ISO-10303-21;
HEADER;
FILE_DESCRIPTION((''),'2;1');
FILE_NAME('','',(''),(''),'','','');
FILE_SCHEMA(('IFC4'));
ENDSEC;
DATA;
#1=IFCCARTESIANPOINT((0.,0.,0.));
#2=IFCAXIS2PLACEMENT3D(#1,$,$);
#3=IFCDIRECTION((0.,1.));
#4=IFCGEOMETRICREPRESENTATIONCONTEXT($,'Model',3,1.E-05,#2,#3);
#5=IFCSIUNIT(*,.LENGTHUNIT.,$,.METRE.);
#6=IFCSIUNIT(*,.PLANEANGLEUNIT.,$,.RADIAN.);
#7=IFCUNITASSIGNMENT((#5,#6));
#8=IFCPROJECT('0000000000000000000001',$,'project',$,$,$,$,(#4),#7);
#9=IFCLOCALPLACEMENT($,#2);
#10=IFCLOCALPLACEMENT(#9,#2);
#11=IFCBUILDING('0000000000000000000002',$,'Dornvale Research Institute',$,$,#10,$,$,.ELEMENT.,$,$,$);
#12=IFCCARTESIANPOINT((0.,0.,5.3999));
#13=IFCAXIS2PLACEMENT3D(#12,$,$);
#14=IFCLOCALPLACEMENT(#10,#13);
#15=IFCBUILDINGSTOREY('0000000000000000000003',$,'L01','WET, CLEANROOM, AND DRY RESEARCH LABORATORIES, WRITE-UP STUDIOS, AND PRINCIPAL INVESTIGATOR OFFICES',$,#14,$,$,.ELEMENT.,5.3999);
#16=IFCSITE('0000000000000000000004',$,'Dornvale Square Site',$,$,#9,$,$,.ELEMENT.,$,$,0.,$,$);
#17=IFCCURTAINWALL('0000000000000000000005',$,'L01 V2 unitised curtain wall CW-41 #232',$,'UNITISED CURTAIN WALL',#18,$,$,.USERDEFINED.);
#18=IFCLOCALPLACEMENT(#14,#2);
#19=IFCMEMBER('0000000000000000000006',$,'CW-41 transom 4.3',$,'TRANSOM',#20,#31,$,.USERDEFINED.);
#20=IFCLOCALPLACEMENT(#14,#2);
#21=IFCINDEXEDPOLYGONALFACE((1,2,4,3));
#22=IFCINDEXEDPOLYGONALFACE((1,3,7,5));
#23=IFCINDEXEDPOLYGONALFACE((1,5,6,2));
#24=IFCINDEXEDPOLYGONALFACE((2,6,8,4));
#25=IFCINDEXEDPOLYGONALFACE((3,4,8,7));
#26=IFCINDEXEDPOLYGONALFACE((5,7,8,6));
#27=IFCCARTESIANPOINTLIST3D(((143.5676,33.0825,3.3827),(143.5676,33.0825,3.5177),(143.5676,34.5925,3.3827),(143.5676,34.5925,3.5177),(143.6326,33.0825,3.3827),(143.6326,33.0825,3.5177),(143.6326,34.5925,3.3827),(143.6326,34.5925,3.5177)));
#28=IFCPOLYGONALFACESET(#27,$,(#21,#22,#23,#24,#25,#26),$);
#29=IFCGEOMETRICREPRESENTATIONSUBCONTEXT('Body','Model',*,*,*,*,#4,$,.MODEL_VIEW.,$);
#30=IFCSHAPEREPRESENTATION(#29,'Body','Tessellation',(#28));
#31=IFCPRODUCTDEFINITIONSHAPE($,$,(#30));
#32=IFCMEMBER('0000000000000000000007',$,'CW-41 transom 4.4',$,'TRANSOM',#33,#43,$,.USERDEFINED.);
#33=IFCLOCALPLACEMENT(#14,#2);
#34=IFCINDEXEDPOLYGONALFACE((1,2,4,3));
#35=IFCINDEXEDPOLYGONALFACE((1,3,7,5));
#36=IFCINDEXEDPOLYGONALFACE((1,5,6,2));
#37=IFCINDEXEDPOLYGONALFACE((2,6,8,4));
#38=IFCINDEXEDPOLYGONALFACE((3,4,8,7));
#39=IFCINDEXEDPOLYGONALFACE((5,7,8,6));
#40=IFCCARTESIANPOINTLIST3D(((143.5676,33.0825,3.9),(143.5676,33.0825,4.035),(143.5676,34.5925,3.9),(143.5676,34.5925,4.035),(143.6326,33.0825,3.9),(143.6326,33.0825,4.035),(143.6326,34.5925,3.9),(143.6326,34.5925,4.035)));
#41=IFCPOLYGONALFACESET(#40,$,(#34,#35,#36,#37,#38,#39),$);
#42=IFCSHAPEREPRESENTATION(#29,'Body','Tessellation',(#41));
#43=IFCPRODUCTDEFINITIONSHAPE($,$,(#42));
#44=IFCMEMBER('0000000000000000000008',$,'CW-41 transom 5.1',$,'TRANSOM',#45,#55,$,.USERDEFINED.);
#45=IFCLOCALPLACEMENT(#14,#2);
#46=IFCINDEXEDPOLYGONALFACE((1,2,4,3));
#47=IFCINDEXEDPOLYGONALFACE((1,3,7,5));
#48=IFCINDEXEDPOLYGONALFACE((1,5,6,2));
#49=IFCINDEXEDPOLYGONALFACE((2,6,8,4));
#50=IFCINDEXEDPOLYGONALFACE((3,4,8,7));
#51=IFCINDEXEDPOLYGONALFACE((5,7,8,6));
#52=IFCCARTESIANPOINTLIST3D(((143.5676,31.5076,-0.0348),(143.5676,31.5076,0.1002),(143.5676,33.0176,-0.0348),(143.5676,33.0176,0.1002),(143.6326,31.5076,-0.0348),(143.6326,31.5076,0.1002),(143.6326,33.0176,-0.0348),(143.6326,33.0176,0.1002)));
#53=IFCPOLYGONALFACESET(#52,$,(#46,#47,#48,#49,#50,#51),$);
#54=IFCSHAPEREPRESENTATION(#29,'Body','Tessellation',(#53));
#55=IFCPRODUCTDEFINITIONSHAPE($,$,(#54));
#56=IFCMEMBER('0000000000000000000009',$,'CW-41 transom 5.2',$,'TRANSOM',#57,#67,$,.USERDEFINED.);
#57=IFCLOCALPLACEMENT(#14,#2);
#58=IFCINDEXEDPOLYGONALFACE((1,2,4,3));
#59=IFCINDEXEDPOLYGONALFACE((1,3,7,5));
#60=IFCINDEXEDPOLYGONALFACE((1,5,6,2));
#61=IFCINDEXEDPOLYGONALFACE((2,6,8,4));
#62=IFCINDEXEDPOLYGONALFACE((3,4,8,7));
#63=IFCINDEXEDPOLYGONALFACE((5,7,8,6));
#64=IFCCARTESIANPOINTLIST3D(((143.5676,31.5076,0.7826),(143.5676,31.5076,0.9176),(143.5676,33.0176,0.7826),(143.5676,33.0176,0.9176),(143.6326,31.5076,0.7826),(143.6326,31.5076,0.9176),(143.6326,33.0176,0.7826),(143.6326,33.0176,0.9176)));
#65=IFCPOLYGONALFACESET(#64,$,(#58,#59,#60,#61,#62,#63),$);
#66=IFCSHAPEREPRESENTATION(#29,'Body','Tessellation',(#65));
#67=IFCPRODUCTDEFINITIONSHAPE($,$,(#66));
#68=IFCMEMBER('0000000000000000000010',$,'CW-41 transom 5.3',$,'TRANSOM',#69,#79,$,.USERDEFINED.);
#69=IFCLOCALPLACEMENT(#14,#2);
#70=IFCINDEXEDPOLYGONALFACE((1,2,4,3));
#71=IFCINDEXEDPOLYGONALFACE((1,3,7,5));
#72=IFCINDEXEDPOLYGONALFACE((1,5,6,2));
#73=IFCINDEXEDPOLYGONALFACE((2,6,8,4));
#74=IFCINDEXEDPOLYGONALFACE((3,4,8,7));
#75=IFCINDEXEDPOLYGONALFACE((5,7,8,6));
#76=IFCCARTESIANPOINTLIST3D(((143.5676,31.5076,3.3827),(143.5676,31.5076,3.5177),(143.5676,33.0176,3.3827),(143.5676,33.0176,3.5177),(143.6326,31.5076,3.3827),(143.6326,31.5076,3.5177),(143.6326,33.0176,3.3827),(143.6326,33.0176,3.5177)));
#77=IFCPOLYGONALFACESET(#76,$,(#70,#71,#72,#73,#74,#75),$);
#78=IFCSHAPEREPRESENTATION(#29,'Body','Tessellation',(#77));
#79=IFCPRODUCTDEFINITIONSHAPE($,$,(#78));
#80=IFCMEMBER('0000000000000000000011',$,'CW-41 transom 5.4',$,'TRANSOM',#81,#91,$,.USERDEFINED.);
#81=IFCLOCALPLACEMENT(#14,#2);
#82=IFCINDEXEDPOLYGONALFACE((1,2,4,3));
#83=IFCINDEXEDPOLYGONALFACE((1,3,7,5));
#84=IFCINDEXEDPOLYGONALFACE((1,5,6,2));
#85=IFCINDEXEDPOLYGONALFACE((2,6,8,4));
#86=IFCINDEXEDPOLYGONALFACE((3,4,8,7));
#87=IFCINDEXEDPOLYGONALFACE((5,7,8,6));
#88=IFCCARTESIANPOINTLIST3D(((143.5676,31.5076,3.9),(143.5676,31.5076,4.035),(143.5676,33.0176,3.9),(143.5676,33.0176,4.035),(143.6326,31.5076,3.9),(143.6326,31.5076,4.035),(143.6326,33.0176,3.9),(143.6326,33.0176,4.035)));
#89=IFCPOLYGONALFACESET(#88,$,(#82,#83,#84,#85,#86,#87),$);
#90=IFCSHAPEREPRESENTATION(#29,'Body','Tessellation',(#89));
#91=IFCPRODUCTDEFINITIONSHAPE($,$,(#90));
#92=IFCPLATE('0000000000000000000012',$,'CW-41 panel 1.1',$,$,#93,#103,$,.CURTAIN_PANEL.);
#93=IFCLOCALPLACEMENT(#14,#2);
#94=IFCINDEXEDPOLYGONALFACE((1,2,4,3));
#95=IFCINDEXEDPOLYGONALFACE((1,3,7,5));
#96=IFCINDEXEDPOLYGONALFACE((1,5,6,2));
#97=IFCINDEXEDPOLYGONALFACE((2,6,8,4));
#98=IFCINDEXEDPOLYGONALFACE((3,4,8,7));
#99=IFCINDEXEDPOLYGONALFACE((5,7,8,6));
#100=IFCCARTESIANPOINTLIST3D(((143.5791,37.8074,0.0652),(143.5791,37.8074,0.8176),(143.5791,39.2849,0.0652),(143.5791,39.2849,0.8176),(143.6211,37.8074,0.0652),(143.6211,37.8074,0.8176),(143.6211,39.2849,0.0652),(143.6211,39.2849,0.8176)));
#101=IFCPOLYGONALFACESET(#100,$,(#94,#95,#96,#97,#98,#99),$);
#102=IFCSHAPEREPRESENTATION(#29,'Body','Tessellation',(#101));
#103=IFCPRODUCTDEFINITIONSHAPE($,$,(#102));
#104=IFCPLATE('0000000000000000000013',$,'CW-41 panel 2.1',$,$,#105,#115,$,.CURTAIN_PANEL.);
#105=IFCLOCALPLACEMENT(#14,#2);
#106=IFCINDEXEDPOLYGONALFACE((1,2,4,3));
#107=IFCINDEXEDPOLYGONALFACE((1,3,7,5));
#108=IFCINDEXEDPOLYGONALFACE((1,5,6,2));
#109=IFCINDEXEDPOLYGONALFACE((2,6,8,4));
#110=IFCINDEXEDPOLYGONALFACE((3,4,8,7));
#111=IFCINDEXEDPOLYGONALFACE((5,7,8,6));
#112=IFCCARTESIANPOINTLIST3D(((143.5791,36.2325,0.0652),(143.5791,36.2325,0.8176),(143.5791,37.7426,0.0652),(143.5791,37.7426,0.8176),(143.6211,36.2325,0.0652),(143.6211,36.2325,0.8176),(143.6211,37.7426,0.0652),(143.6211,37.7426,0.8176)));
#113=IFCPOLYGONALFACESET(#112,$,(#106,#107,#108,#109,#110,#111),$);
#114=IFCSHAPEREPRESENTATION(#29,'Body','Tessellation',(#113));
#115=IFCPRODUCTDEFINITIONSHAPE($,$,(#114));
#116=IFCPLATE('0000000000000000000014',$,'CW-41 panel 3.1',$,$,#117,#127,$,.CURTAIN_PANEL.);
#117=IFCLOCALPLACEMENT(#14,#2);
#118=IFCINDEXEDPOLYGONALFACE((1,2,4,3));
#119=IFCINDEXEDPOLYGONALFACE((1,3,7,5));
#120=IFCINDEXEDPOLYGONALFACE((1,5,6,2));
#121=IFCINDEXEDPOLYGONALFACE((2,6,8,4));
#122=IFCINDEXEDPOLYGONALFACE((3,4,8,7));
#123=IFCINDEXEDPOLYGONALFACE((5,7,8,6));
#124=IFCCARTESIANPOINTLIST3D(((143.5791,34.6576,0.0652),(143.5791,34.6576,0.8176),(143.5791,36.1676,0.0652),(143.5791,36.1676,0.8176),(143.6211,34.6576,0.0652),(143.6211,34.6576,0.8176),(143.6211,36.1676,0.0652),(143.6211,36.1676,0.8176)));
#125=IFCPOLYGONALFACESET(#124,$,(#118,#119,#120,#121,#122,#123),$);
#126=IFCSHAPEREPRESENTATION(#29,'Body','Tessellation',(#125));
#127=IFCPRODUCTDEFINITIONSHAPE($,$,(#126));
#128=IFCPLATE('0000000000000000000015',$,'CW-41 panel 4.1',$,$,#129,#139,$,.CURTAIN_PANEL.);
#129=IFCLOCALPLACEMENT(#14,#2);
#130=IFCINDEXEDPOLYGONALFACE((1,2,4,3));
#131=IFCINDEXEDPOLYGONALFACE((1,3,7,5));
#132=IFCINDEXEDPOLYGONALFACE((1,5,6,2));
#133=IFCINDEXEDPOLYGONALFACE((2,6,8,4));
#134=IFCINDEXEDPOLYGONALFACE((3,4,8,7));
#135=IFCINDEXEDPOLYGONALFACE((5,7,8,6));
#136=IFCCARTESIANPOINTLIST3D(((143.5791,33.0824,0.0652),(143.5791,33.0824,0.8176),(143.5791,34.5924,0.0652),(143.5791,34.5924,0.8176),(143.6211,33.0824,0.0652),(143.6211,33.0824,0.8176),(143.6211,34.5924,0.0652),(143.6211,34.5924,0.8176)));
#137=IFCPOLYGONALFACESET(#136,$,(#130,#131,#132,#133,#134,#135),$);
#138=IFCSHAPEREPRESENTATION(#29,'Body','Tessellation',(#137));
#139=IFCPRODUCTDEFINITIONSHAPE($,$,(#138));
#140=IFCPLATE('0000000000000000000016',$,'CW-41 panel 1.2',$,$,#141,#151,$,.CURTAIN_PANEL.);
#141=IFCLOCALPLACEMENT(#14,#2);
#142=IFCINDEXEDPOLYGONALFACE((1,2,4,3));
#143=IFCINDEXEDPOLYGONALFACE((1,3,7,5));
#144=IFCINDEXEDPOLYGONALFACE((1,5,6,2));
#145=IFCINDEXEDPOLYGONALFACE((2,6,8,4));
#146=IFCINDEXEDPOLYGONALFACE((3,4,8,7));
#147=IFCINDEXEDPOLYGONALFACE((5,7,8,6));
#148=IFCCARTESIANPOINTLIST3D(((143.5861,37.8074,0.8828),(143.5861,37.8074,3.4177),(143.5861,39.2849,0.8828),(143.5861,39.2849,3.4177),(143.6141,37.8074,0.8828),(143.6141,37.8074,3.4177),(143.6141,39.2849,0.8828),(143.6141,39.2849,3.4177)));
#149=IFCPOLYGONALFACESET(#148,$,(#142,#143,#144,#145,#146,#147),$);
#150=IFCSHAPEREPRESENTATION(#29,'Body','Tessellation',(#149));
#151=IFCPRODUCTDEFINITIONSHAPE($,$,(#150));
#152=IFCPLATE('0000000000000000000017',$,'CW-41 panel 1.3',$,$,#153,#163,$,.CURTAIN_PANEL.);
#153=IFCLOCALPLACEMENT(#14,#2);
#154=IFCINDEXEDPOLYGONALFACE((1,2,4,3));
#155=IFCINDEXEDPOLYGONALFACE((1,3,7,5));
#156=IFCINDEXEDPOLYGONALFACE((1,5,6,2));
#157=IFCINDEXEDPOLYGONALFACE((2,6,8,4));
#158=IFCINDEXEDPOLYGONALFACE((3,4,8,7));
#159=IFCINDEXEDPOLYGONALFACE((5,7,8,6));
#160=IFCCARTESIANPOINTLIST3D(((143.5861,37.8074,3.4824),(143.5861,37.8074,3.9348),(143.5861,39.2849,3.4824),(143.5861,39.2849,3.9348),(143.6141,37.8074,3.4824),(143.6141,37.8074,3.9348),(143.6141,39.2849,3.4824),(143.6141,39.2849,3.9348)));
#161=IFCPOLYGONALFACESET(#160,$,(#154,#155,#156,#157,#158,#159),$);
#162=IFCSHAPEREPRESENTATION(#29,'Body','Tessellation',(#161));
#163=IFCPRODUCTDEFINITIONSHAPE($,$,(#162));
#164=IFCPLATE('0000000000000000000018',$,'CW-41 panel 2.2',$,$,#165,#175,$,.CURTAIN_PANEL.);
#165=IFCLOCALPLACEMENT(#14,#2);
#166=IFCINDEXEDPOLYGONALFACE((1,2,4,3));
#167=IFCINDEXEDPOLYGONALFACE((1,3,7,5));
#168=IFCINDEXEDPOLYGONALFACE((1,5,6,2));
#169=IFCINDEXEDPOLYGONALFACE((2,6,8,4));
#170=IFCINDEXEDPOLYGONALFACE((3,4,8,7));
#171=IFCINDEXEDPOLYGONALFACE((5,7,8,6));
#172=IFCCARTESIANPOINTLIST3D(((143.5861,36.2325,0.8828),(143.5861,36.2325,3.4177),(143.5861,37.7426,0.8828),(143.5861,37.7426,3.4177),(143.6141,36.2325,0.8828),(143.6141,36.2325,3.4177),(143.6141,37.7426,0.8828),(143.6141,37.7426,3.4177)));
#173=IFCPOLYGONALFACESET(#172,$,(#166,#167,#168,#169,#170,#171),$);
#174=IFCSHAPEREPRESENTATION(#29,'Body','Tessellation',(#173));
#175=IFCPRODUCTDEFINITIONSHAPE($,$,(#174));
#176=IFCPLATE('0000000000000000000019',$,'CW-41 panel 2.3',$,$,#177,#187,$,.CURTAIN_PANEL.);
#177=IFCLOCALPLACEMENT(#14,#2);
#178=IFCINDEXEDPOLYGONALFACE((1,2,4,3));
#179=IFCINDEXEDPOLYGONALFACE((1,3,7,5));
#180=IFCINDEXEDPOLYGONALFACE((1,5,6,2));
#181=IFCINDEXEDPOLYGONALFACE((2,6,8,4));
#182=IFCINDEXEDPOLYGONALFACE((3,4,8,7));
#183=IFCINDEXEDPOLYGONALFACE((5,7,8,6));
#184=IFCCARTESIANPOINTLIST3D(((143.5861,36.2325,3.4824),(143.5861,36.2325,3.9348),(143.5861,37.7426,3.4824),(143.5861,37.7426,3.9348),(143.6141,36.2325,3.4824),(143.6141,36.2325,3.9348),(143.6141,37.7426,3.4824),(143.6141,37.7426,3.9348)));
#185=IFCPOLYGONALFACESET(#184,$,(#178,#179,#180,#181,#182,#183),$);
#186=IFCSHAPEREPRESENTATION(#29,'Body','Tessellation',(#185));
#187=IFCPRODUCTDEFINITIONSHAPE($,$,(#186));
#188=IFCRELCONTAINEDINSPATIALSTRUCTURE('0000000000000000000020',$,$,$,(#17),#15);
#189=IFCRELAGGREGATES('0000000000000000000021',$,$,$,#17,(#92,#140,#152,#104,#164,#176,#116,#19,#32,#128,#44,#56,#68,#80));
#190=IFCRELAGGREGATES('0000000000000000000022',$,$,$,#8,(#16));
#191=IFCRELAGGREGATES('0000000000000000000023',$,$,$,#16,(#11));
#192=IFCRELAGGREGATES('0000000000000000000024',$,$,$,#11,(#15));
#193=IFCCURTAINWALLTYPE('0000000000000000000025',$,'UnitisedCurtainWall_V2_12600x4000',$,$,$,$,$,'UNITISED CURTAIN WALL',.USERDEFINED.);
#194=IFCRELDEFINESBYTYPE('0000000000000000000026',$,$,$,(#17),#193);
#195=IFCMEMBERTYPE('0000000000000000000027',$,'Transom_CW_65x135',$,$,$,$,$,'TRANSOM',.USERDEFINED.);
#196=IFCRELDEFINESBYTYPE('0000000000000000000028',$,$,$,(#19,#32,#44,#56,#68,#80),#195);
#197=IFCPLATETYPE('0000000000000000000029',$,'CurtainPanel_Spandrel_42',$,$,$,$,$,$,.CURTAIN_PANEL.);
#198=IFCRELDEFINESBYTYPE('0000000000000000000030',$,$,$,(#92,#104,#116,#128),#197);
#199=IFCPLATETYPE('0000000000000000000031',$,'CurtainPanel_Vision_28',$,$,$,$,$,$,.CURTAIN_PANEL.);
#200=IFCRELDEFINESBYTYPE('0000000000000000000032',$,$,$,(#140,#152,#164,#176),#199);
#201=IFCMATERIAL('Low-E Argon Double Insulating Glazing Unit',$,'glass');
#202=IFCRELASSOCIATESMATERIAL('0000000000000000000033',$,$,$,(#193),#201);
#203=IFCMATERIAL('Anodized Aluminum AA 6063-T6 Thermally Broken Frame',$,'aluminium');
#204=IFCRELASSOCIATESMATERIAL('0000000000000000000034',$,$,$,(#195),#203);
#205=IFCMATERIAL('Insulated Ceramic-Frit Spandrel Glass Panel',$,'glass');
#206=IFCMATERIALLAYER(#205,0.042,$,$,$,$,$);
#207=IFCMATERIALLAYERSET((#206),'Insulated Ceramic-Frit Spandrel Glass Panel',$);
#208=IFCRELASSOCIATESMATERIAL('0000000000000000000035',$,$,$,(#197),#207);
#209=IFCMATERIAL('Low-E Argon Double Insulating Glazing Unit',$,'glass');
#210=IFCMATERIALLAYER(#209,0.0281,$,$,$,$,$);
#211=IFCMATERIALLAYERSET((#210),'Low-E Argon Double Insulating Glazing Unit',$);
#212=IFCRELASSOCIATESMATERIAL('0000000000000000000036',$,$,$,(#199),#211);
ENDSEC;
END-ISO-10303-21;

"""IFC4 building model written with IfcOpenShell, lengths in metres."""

from ifc_helpers import new_model, si_unit, direction, frame, origin, origin_2d, place, context, subcontext, project, spatial, rectangle, extrude, material, layer, layer_set, material_profile, profile_set, type_object, element, aggregate, save


model = new_model("IFC4")

# Units and contexts
model_context = context("Model", 3, precision=1e-05, world=origin(), true_north=direction((0.0, 1.0)))
body_context = subcontext(model_context, "Body", "Model", "MODEL_VIEW")
ifc_project = project(units=[si_unit("LENGTHUNIT", "METRE"), si_unit("PLANEANGLEUNIT", "RADIAN")], contexts=[model_context])

# Site, building, storey
site_placement = place(None, origin())
site = spatial("IfcSite", under=ifc_project, at=site_placement, Name="Dornvale Square Site", CompositionType="ELEMENT", RefElevation=0.0)
building_placement = place(site_placement, origin())
building = spatial("IfcBuilding", under=site, at=building_placement, Name="Dornvale Research Institute", CompositionType="ELEMENT")
storey_placement = place(building_placement, frame((0.0, 0.0, 5.3999)))
storey = spatial("IfcBuildingStorey", under=building, at=storey_placement, Name="L01", Description="WET, CLEANROOM, AND DRY RESEARCH LABORATORIES, WRITE-UP STUDIOS, AND PRINCIPAL INVESTIGATOR OFFICES", CompositionType="ELEMENT", Elevation=5.3999)

# Curtain wall, members, plates
ifc_material_1 = material(Name="Low-E Argon Double Insulating Glazing Unit", Category="glass")
curtain_wall_type = type_object("IfcCurtainWallType", Name="UnitisedCurtainWall_V2_12600x4000", ElementType="UNITISED CURTAIN WALL", PredefinedType="USERDEFINED", material=ifc_material_1)
curtain_wall_placement = place(storey_placement, origin())
curtain_wall = element("IfcCurtainWall", 1, at=curtain_wall_placement, inside=storey, type_object=curtain_wall_type, Name="L01 V2 unitised curtain wall CW-41 #232", ObjectType="UNITISED CURTAIN WALL", PredefinedType="USERDEFINED")
ifc_material_2 = material(Name="Anodized Aluminum AA 6063-T6 Thermally Broken Frame", Category="aluminium")
ifc_material_profile_1 = material_profile(ifc_material_2, rectangle(XDim=0.0649, YDim=0.135, at=origin_2d()), Name="ALU TRANSOM 65x135")
ifc_profile_set_1 = profile_set([ifc_material_profile_1], Name="Anodized Aluminum AA 6063-T6 Thermally Broken Frame")
member_type_1 = type_object("IfcMemberType", Name="Transom_CW_65x135", ElementType="TRANSOM", PredefinedType="USERDEFINED", material=ifc_profile_set_1)
member_1_placement = place(storey_placement, frame((143.6001, 34.5925, 3.4502), z_axis=(0.0, -1.0, 0.0), x_axis=(1.0, 0.0, 0.0)))
member_1 = element("IfcMember", 2, at=member_1_placement, type_object=member_type_1, Name="CW-41 transom 4.3", ObjectType="TRANSOM", PredefinedType="USERDEFINED", context=body_context, shape_type="SweptSolid", body=[
    extrude(rectangle(XDim=0.0649, YDim=0.135, at=origin_2d()), origin(), (0.0, 0.0, 1.0), 1.51),
])
member_2_placement = place(storey_placement, frame((143.6001, 34.5925, 3.9675), z_axis=(0.0, -1.0, 0.0), x_axis=(1.0, 0.0, 0.0)))
member_2 = element("IfcMember", 3, at=member_2_placement, type_object=member_type_1, Name="CW-41 transom 4.4", ObjectType="TRANSOM", PredefinedType="USERDEFINED", context=body_context, shape_type="SweptSolid", body=[
    extrude(rectangle(XDim=0.0649, YDim=0.135, at=origin_2d()), origin(), (0.0, 0.0, 1.0), 1.51),
])
member_3_placement = place(storey_placement, frame((143.6001, 33.0176, 0.0327), z_axis=(0.0, -1.0, 0.0), x_axis=(1.0, 0.0, 0.0)))
member_3 = element("IfcMember", 4, at=member_3_placement, type_object=member_type_1, Name="CW-41 transom 5.1", ObjectType="TRANSOM", PredefinedType="USERDEFINED", context=body_context, shape_type="SweptSolid", body=[
    extrude(rectangle(XDim=0.0649, YDim=0.135, at=origin_2d()), origin(), (0.0, 0.0, 1.0), 1.51),
])
member_4_placement = place(storey_placement, frame((143.6001, 33.0176, 0.8501), z_axis=(0.0, -1.0, 0.0), x_axis=(1.0, 0.0, 0.0)))
member_4 = element("IfcMember", 5, at=member_4_placement, type_object=member_type_1, Name="CW-41 transom 5.2", ObjectType="TRANSOM", PredefinedType="USERDEFINED", context=body_context, shape_type="SweptSolid", body=[
    extrude(rectangle(XDim=0.0649, YDim=0.135, at=origin_2d()), origin(), (0.0, 0.0, 1.0), 1.51),
])
member_5_placement = place(storey_placement, frame((143.6001, 33.0176, 3.4502), z_axis=(0.0, -1.0, 0.0), x_axis=(1.0, 0.0, 0.0)))
member_5 = element("IfcMember", 6, at=member_5_placement, type_object=member_type_1, Name="CW-41 transom 5.3", ObjectType="TRANSOM", PredefinedType="USERDEFINED", context=body_context, shape_type="SweptSolid", body=[
    extrude(rectangle(XDim=0.0649, YDim=0.135, at=origin_2d()), origin(), (0.0, 0.0, 1.0), 1.51),
])
member_6_placement = place(storey_placement, frame((143.6001, 33.0176, 3.9675), z_axis=(0.0, -1.0, 0.0), x_axis=(1.0, 0.0, 0.0)))
member_6 = element("IfcMember", 7, at=member_6_placement, type_object=member_type_1, Name="CW-41 transom 5.4", ObjectType="TRANSOM", PredefinedType="USERDEFINED", context=body_context, shape_type="SweptSolid", body=[
    extrude(rectangle(XDim=0.0649, YDim=0.135, at=origin_2d()), origin(), (0.0, 0.0, 1.0), 1.51),
])
ifc_material_3 = material(Name="Insulated Ceramic-Frit Spandrel Glass Panel", Category="glass")
ifc_layer_1 = layer(ifc_material_3, 0.042)
ifc_layer_set_1 = layer_set([ifc_layer_1], Name="Insulated Ceramic-Frit Spandrel Glass Panel")
plate_type_1 = type_object("IfcPlateType", Name="CurtainPanel_Spandrel_42", PredefinedType="CURTAIN_PANEL", material=ifc_layer_set_1)
plate_1_placement = place(storey_placement, frame((143.6001, 38.5461, 0.0652), z_axis=(0.0, 0.0, 1.0), x_axis=(0.0, -1.0, 0.0)))
plate_1 = element("IfcPlate", 8, at=plate_1_placement, type_object=plate_type_1, Name="CW-41 panel 1.1", PredefinedType="CURTAIN_PANEL", context=body_context, shape_type="SweptSolid", body=[
    extrude(rectangle(XDim=1.4775, YDim=0.042, at=origin_2d()), origin(), (0.0, 0.0, 1.0), 0.7524),
])
plate_2_placement = place(storey_placement, frame((143.6001, 36.9875, 0.0652), z_axis=(0.0, 0.0, 1.0), x_axis=(0.0, -1.0, 0.0)))
plate_2 = element("IfcPlate", 9, at=plate_2_placement, type_object=plate_type_1, Name="CW-41 panel 2.1", PredefinedType="CURTAIN_PANEL", context=body_context, shape_type="SweptSolid", body=[
    extrude(rectangle(XDim=1.51, YDim=0.042, at=origin_2d()), origin(), (0.0, 0.0, 1.0), 0.7524),
])
plate_3_placement = place(storey_placement, frame((143.6001, 35.4126, 0.0652), z_axis=(0.0, 0.0, 1.0), x_axis=(0.0, -1.0, 0.0)))
plate_3 = element("IfcPlate", 10, at=plate_3_placement, type_object=plate_type_1, Name="CW-41 panel 3.1", PredefinedType="CURTAIN_PANEL", context=body_context, shape_type="SweptSolid", body=[
    extrude(rectangle(XDim=1.51, YDim=0.042, at=origin_2d()), origin(), (0.0, 0.0, 1.0), 0.7524),
])
plate_4_placement = place(storey_placement, frame((143.6001, 33.8374, 0.0652), z_axis=(0.0, 0.0, 1.0), x_axis=(0.0, -1.0, 0.0)))
plate_4 = element("IfcPlate", 11, at=plate_4_placement, type_object=plate_type_1, Name="CW-41 panel 4.1", PredefinedType="CURTAIN_PANEL", context=body_context, shape_type="SweptSolid", body=[
    extrude(rectangle(XDim=1.51, YDim=0.042, at=origin_2d()), origin(), (0.0, 0.0, 1.0), 0.7524),
])
ifc_material_4 = material(Name="Low-E Argon Double Insulating Glazing Unit", Category="glass")
ifc_layer_2 = layer(ifc_material_4, 0.0281)
ifc_layer_set_2 = layer_set([ifc_layer_2], Name="Low-E Argon Double Insulating Glazing Unit")
plate_type_2 = type_object("IfcPlateType", Name="CurtainPanel_Vision_28", PredefinedType="CURTAIN_PANEL", material=ifc_layer_set_2)
plate_5_placement = place(storey_placement, frame((143.6001, 38.5461, 0.8828), z_axis=(0.0, 0.0, 1.0), x_axis=(0.0, -1.0, 0.0)))
plate_5 = element("IfcPlate", 12, at=plate_5_placement, type_object=plate_type_2, Name="CW-41 panel 1.2", PredefinedType="CURTAIN_PANEL", context=body_context, shape_type="SweptSolid", body=[
    extrude(rectangle(XDim=1.4775, YDim=0.0281, at=origin_2d()), origin(), (0.0, 0.0, 1.0), 2.5349),
])
plate_6_placement = place(storey_placement, frame((143.6001, 38.5461, 3.4824), z_axis=(0.0, 0.0, 1.0), x_axis=(0.0, -1.0, 0.0)))
plate_6 = element("IfcPlate", 13, at=plate_6_placement, type_object=plate_type_2, Name="CW-41 panel 1.3", PredefinedType="CURTAIN_PANEL", context=body_context, shape_type="SweptSolid", body=[
    extrude(rectangle(XDim=1.4775, YDim=0.0281, at=origin_2d()), origin(), (0.0, 0.0, 1.0), 0.4524),
])
plate_7_placement = place(storey_placement, frame((143.6001, 36.9875, 0.8828), z_axis=(0.0, 0.0, 1.0), x_axis=(0.0, -1.0, 0.0)))
plate_7 = element("IfcPlate", 14, at=plate_7_placement, type_object=plate_type_2, Name="CW-41 panel 2.2", PredefinedType="CURTAIN_PANEL", context=body_context, shape_type="SweptSolid", body=[
    extrude(rectangle(XDim=1.51, YDim=0.0281, at=origin_2d()), origin(), (0.0, 0.0, 1.0), 2.5349),
])
plate_8_placement = place(storey_placement, frame((143.6001, 36.9875, 3.4824), z_axis=(0.0, 0.0, 1.0), x_axis=(0.0, -1.0, 0.0)))
plate_8 = element("IfcPlate", 15, at=plate_8_placement, type_object=plate_type_2, Name="CW-41 panel 2.3", PredefinedType="CURTAIN_PANEL", context=body_context, shape_type="SweptSolid", body=[
    extrude(rectangle(XDim=1.51, YDim=0.0281, at=origin_2d()), origin(), (0.0, 0.0, 1.0), 0.4524),
])
aggregate(curtain_wall, [plate_1, plate_5, plate_6, plate_2, plate_7, plate_8, plate_3, member_1, member_2, plate_4, member_3, member_4, member_5, member_6])

save(model, "model.ifc")
